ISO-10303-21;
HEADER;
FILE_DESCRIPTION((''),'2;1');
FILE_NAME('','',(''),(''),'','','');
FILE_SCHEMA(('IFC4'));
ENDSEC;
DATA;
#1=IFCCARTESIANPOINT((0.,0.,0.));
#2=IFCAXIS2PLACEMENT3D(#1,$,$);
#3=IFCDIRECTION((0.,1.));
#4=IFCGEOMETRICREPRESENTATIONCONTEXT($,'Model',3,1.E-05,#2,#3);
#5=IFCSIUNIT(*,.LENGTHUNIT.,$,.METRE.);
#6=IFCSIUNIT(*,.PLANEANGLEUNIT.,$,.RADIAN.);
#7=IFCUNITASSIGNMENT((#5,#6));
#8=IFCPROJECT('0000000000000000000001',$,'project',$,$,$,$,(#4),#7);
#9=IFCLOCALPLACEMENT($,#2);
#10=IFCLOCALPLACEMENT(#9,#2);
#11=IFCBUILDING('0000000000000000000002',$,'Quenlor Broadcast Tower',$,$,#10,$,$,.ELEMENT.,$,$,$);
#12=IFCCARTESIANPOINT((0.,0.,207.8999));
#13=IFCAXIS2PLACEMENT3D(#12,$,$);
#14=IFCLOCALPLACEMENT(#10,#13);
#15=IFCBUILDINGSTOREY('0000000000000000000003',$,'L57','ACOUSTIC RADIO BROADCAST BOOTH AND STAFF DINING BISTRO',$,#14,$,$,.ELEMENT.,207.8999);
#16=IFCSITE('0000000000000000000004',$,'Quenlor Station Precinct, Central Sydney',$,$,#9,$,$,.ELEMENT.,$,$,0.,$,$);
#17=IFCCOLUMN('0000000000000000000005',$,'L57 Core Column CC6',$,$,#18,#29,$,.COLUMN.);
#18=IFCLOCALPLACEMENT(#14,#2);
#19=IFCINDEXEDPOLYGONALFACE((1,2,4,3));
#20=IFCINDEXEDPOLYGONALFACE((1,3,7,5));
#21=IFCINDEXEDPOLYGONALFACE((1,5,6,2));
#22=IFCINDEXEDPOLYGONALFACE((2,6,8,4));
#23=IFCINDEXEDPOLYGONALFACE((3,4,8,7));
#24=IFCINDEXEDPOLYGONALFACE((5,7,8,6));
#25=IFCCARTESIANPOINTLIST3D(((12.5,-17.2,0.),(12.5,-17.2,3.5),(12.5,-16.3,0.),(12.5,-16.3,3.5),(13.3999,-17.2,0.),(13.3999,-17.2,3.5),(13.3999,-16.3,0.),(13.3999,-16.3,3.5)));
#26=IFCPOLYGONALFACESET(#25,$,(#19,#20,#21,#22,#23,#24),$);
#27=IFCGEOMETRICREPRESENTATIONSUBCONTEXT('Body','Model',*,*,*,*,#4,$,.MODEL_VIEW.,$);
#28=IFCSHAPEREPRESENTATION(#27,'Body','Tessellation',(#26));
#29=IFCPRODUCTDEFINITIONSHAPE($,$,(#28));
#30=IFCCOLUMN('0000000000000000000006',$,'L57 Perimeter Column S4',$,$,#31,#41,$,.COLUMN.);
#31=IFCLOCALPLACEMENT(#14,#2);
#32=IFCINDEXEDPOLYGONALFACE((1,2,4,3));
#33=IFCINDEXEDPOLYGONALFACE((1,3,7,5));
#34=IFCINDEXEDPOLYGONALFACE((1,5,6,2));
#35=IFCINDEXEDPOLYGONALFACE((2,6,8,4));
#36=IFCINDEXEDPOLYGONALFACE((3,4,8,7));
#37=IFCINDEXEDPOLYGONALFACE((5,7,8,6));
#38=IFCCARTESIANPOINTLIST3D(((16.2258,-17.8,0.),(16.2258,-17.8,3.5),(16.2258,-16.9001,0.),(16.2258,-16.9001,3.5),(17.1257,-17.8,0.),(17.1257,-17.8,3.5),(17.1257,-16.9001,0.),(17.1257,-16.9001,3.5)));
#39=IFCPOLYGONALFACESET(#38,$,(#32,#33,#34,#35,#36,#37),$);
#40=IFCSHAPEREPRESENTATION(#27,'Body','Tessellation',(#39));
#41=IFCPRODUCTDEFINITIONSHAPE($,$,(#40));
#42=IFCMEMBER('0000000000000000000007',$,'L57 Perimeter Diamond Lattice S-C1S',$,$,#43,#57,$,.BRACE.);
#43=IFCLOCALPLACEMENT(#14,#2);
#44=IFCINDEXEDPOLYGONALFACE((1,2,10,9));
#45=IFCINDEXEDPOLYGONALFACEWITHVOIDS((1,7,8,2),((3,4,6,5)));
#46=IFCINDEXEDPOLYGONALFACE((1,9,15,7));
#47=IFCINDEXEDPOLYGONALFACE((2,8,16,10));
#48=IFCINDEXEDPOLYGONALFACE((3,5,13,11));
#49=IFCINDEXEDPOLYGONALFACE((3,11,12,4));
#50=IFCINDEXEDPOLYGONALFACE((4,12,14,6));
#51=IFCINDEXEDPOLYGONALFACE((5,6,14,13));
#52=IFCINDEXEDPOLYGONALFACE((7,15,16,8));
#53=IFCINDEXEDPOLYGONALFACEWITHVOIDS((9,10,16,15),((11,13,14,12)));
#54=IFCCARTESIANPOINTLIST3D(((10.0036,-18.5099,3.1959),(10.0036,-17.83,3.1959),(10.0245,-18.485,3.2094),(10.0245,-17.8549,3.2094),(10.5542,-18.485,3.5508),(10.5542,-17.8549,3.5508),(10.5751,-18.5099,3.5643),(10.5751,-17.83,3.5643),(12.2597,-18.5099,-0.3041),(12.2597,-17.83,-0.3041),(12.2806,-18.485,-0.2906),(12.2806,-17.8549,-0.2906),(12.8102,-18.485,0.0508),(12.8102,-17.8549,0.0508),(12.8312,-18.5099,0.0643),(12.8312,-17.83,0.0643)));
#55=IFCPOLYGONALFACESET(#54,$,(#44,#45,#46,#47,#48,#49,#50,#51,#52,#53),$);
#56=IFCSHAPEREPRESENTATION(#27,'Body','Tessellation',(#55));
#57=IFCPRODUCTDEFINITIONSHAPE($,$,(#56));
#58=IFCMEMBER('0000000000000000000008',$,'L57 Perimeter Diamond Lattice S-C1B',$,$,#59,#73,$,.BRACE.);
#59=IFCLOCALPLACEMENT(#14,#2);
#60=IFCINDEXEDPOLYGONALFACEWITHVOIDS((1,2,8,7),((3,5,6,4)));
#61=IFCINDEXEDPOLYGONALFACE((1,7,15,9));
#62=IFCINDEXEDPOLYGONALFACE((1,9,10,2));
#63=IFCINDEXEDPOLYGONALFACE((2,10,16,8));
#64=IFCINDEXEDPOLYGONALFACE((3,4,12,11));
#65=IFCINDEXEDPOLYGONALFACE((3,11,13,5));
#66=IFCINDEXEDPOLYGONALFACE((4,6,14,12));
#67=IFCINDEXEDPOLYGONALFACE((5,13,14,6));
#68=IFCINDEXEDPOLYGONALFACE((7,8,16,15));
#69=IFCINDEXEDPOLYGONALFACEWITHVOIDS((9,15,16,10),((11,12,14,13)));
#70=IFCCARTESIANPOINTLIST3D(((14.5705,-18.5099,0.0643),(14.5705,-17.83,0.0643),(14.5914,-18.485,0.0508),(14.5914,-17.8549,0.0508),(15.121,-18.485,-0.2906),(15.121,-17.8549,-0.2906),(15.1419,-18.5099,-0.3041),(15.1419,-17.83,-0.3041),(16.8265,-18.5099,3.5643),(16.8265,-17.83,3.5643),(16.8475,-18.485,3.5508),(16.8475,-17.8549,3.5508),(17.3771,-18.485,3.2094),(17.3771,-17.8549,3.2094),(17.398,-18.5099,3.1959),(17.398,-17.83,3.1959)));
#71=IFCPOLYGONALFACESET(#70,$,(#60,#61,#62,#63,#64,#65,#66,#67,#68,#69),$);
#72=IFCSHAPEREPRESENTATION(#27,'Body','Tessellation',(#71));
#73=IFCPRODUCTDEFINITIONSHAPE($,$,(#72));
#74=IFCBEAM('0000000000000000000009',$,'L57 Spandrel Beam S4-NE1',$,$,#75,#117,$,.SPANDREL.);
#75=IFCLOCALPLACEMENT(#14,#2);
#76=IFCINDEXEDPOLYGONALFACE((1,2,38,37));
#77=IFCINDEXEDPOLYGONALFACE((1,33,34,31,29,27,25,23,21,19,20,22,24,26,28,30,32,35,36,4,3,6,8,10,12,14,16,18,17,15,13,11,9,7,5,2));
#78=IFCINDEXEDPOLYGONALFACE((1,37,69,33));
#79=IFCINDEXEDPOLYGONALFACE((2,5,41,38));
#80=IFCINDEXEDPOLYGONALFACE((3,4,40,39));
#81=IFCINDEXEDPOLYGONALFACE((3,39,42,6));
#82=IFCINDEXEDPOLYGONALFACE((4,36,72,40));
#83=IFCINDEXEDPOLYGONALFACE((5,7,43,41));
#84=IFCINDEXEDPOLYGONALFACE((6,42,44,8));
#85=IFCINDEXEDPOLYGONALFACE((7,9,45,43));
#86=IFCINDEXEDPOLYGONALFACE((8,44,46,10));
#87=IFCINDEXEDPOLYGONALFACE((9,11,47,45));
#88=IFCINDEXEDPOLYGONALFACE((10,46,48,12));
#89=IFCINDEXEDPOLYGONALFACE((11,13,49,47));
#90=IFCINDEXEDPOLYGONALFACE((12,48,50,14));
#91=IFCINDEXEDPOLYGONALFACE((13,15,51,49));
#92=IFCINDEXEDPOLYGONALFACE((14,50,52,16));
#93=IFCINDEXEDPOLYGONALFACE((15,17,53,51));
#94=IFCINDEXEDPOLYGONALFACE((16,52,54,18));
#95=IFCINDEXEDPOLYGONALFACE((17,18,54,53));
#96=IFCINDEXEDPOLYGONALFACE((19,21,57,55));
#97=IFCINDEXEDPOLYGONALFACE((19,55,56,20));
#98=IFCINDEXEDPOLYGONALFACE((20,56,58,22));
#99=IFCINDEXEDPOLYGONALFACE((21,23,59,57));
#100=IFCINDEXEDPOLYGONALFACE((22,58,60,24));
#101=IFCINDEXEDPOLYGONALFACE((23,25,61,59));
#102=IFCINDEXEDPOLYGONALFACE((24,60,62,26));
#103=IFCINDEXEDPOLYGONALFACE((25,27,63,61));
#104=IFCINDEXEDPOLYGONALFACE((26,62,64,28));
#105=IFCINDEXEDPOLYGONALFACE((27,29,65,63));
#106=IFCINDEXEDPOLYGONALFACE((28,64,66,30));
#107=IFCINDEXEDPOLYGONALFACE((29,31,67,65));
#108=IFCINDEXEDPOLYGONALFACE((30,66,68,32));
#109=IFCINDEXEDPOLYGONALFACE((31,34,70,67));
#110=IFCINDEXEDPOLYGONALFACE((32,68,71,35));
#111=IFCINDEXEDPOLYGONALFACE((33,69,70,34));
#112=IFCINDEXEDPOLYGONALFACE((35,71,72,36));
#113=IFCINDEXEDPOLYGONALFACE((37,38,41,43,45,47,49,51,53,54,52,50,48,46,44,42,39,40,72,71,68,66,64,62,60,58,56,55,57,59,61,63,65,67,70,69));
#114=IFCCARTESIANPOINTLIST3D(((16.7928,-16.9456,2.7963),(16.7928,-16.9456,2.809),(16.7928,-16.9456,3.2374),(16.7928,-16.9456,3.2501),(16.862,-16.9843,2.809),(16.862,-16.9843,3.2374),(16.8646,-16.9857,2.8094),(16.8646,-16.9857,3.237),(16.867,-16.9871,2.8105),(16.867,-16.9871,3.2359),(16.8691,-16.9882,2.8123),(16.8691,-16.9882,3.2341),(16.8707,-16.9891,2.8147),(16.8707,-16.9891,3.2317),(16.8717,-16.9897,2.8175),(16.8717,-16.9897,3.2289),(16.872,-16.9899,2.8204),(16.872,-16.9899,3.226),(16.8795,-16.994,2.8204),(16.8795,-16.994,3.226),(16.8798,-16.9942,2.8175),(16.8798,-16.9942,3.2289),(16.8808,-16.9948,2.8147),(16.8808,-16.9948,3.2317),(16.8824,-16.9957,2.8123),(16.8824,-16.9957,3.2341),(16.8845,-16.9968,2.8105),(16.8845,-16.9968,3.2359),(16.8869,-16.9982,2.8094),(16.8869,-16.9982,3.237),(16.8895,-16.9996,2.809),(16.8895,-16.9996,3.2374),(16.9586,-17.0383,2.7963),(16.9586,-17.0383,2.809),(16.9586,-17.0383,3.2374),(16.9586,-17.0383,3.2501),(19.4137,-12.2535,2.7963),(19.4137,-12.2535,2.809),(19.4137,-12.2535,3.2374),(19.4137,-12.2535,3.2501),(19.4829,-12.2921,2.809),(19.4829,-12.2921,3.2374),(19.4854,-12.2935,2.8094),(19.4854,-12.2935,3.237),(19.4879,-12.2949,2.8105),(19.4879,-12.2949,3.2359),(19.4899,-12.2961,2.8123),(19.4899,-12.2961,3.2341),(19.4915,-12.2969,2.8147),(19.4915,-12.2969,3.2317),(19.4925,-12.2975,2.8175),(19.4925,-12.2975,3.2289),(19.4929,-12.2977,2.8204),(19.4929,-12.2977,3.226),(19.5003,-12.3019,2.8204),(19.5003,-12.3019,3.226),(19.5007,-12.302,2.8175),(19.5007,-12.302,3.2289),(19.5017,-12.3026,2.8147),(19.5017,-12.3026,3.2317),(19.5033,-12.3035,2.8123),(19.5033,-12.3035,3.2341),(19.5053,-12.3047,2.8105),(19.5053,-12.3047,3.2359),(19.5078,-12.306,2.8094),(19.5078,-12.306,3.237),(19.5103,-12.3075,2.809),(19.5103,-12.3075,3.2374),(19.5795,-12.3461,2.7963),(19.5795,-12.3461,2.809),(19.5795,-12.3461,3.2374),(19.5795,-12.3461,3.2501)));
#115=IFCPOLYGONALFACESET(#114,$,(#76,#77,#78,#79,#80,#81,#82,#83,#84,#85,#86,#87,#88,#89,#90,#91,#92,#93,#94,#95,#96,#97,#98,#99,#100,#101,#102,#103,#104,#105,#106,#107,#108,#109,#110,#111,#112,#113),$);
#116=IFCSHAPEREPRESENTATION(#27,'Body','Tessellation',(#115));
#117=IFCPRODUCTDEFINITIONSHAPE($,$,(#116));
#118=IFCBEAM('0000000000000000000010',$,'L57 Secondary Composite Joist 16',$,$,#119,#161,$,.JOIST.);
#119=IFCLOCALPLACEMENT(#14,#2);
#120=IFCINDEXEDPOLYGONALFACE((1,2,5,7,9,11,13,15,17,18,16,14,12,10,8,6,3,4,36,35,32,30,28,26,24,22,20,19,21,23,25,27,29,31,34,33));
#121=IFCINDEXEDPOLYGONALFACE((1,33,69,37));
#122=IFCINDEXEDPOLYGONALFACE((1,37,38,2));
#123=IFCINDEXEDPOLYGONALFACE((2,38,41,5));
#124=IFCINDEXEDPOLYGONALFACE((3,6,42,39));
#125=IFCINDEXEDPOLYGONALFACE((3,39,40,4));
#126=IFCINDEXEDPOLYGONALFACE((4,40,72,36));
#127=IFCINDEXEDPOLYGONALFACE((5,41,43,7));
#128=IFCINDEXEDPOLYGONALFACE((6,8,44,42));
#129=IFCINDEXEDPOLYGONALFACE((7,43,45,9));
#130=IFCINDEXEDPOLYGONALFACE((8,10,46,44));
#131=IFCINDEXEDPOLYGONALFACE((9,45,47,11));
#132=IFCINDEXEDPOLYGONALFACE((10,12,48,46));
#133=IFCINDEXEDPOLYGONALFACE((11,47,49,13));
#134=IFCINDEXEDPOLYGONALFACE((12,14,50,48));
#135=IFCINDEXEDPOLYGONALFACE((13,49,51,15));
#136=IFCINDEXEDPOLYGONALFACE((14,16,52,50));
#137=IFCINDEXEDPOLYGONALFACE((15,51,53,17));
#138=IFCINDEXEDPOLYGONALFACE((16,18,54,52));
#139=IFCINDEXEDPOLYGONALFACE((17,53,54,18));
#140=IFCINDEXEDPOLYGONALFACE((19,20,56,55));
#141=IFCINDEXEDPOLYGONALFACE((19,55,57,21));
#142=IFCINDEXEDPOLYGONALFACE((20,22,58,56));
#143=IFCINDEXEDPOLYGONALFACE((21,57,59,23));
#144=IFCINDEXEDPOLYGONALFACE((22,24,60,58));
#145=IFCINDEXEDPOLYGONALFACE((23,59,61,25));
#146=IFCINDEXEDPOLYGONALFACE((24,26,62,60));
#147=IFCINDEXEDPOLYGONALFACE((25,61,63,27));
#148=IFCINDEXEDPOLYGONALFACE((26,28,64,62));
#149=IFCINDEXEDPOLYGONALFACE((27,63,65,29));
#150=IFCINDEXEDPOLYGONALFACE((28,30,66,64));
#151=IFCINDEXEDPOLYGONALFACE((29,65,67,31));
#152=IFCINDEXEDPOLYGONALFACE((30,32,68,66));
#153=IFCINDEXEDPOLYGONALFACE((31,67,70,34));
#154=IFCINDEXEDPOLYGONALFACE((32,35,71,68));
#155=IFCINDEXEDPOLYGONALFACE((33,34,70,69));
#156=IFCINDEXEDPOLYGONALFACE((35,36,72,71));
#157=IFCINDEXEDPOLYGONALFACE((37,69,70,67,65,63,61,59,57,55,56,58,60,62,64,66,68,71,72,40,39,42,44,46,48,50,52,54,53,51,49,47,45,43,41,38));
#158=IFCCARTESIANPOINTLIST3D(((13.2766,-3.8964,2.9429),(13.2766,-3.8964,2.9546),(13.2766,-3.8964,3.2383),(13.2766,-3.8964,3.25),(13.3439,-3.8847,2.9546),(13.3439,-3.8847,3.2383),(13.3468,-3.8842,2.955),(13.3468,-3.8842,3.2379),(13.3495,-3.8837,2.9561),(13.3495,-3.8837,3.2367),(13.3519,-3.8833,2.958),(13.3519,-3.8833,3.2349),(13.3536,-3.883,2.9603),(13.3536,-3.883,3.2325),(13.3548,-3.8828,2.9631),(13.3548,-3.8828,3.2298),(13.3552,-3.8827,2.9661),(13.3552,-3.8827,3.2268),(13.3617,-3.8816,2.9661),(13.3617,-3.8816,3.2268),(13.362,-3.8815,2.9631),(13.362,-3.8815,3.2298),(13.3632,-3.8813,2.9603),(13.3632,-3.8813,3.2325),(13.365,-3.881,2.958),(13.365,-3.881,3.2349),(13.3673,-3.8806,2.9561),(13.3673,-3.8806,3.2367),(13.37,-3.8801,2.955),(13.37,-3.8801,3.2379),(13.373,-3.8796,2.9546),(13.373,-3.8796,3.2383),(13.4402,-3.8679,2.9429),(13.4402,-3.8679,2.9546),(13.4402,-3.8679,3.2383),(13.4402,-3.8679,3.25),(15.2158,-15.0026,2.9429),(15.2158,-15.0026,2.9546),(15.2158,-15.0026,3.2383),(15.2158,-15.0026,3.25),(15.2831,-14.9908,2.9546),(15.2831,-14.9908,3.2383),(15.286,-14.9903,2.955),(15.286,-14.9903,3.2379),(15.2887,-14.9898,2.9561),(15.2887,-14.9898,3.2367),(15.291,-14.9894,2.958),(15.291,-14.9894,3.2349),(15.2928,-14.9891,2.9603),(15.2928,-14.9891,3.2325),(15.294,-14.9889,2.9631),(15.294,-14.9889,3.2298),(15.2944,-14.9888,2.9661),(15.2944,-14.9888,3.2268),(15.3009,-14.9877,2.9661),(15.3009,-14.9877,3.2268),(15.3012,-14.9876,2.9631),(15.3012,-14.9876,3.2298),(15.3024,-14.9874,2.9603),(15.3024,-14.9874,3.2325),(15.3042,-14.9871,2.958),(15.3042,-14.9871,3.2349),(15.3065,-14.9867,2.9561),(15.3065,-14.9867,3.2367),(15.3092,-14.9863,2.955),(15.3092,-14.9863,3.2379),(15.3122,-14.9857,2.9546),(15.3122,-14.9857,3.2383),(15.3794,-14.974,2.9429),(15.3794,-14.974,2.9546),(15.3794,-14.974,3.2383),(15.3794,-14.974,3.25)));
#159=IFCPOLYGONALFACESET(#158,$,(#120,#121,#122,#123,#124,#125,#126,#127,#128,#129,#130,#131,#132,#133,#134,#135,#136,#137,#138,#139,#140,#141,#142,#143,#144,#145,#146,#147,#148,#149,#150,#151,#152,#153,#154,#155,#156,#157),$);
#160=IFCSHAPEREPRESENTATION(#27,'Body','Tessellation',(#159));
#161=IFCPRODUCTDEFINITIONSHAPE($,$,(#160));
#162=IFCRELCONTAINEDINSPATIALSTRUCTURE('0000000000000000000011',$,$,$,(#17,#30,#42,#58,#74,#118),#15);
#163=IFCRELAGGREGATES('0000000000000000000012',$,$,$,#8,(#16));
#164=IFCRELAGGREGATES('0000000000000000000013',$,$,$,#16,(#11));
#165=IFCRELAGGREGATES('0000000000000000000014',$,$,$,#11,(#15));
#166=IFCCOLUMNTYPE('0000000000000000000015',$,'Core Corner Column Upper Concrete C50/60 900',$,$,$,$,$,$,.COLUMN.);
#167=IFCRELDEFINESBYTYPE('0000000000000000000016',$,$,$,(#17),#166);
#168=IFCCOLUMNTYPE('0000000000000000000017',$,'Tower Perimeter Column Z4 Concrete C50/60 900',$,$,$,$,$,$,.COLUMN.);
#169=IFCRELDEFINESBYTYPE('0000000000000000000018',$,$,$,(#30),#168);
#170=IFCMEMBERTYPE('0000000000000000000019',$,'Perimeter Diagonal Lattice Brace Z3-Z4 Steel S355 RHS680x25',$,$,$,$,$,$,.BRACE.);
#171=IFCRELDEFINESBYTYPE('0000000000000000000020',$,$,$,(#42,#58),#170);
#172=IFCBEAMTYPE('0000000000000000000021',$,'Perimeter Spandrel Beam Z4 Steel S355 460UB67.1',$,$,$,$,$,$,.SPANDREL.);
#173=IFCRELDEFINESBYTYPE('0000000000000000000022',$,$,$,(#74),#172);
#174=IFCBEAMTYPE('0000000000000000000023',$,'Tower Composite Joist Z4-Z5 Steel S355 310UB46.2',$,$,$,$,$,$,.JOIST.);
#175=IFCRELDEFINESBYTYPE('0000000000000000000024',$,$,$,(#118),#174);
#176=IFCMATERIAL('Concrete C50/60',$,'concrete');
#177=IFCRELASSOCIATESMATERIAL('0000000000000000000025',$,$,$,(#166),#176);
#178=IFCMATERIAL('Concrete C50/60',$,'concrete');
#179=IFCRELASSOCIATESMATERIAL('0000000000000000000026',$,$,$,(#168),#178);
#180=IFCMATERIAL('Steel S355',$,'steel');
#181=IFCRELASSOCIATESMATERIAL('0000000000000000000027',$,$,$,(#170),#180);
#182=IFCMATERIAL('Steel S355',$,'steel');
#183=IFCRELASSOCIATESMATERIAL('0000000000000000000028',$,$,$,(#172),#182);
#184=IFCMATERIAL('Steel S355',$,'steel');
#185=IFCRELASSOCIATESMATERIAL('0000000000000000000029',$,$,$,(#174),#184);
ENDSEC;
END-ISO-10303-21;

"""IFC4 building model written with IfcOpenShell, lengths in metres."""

from ifc_helpers import new_model, si_unit, direction, frame, origin, origin_2d, place, context, subcontext, project, spatial, rectangle, hollow_rectangle, i_section, extrude, material, material_profile, profile_set, type_object, element, save


model = new_model("IFC4")

# Units and contexts
model_context = context("Model", 3, precision=1e-05, world=origin(), true_north=direction((0.0, 1.0)))
body_context = subcontext(model_context, "Body", "Model", "MODEL_VIEW")
ifc_project = project(units=[si_unit("LENGTHUNIT", "METRE"), si_unit("PLANEANGLEUNIT", "RADIAN")], contexts=[model_context])

# Site, building, storey
site_placement = place(None, origin())
site = spatial("IfcSite", under=ifc_project, at=site_placement, Name="Quenlor Station Precinct, Central Sydney", CompositionType="ELEMENT", RefElevation=0.0)
building_placement = place(site_placement, origin())
building = spatial("IfcBuilding", under=site, at=building_placement, Name="Quenlor Broadcast Tower", CompositionType="ELEMENT")
storey_placement = place(building_placement, frame((0.0, 0.0, 207.8999)))
storey = spatial("IfcBuildingStorey", under=building, at=storey_placement, Name="L57", Description="ACOUSTIC RADIO BROADCAST BOOTH AND STAFF DINING BISTRO", CompositionType="ELEMENT", Elevation=207.8999)

# Columns
ifc_material_1 = material(Name="Concrete C50/60", Category="concrete")
ifc_material_profile_1 = material_profile(ifc_material_1, rectangle(XDim=0.8999, YDim=0.8999, at=origin_2d()))
ifc_profile_set_1 = profile_set([ifc_material_profile_1], Name="Concrete C50/60 RC900x900")
column_type_1 = type_object("IfcColumnType", Name="Core Corner Column Upper Concrete C50/60 900", PredefinedType="COLUMN", material=ifc_profile_set_1)
column_1_placement = place(storey_placement, frame((12.95, -16.75, 0.0), z_axis=(0.0, 0.0, 1.0), x_axis=(1.0, 0.0, 0.0)))
element("IfcColumn", 1, at=column_1_placement, inside=storey, type_object=column_type_1, Name="L57 Core Column CC6", PredefinedType="COLUMN", context=body_context, shape_type="SweptSolid", body=[
    extrude(rectangle(XDim=0.8999, YDim=0.8999, at=origin_2d()), origin(), (0.0, 0.0, 1.0), 3.5),
])
ifc_material_2 = material(Name="Concrete C50/60", Category="concrete")
ifc_material_profile_2 = material_profile(ifc_material_2, rectangle(XDim=0.8999, YDim=0.8999, at=origin_2d()))
ifc_profile_set_2 = profile_set([ifc_material_profile_2], Name="Concrete C50/60 RC900x900")
column_type_2 = type_object("IfcColumnType", Name="Tower Perimeter Column Z4 Concrete C50/60 900", PredefinedType="COLUMN", material=ifc_profile_set_2)
column_2_placement = place(storey_placement, frame((16.6758, -17.3501, 0.0), z_axis=(0.0, 0.0, 1.0), x_axis=(0.0, 1.0, 0.0)))
element("IfcColumn", 2, at=column_2_placement, inside=storey, type_object=column_type_2, Name="L57 Perimeter Column S4", PredefinedType="COLUMN", context=body_context, shape_type="SweptSolid", body=[
    extrude(rectangle(XDim=0.8999, YDim=0.8999, at=origin_2d()), origin(), (0.0, 0.0, 1.0), 3.5),
])

# Members
ifc_material_3 = material(Name="Steel S355", Category="steel")
ifc_material_profile_3 = material_profile(ifc_material_3, hollow_rectangle(XDim=0.6799, YDim=0.6799, WallThickness=0.0249, at=origin_2d()))
ifc_profile_set_3 = profile_set([ifc_material_profile_3], Name="Steel S355 RHS680x680x25")
member_type = type_object("IfcMemberType", Name="Perimeter Diagonal Lattice Brace Z3-Z4 Steel S355 RHS680x25", PredefinedType="BRACE", material=ifc_profile_set_3)
for number, where, z_axis, x_axis, name in (
    (3, (12.5454, -18.1699, -0.1199), (-0.541794, 0.0, 0.840511), (0.0, -1.0, 0.0), "L57 Perimeter Diamond Lattice S-C1S"),
    (4, (14.8562, -18.1699, -0.1199), (0.541794, 0.0, 0.840511), (0.0, 1.0, 0.0), "L57 Perimeter Diamond Lattice S-C1B"),
):
    element("IfcMember", number, at=place(storey_placement, frame(where, z_axis=z_axis, x_axis=x_axis)), inside=storey, type_object=member_type, Name=name, PredefinedType="BRACE", context=body_context, shape_type="SweptSolid", body=[
        extrude(hollow_rectangle(XDim=0.6799, YDim=0.6799, WallThickness=0.0249, at=origin_2d()), origin(), (0.0, 0.0, 1.0), 4.1641),
    ])

# Beams
ifc_material_4 = material(Name="Steel S355", Category="steel")
ifc_material_profile_4 = material_profile(ifc_material_4, i_section(OverallWidth=0.1899, OverallDepth=0.4539, WebThickness=0.0085, FlangeThickness=0.0127, FilletRadius=0.0115, at=origin_2d()))
ifc_profile_set_4 = profile_set([ifc_material_profile_4], Name="Steel S355 460UB67.1")
beam_type_1 = type_object("IfcBeamType", Name="Perimeter Spandrel Beam Z4 Steel S355 460UB67.1", PredefinedType="SPANDREL", material=ifc_profile_set_4)
beam_1_placement = place(storey_placement, frame((16.8757, -16.9919, 3.0232), z_axis=(0.487647, 0.873041, 0.0), x_axis=(-0.873041, 0.487647, 0.0)))
element("IfcBeam", 5, at=beam_1_placement, inside=storey, type_object=beam_type_1, Name="L57 Spandrel Beam S4-NE1", PredefinedType="SPANDREL", context=body_context, shape_type="SweptSolid", body=[
    extrude(i_section(OverallWidth=0.1899, OverallDepth=0.4539, WebThickness=0.0085, FlangeThickness=0.0127, FilletRadius=0.0115, at=origin_2d()), origin(), (0.0, 0.0, 1.0), 5.3745),
])
ifc_material_5 = material(Name="Steel S355", Category="steel")
ifc_material_profile_5 = material_profile(ifc_material_5, i_section(OverallWidth=0.166, OverallDepth=0.3071, WebThickness=0.0066, FlangeThickness=0.0117, FilletRadius=0.0115, at=origin_2d()))
ifc_profile_set_5 = profile_set([ifc_material_profile_5], Name="Steel S355 310UB46.2")
beam_type_2 = type_object("IfcBeamType", Name="Tower Composite Joist Z4-Z5 Steel S355 310UB46.2", PredefinedType="JOIST", material=ifc_profile_set_5)
beam_2_placement = place(storey_placement, frame((15.2976, -14.9883, 3.0964), z_axis=(-0.172004, 0.985096, 0.0), x_axis=(-0.985096, -0.172004, 0.0)))
element("IfcBeam", 6, at=beam_2_placement, inside=storey, type_object=beam_type_2, Name="L57 Secondary Composite Joist 16", PredefinedType="JOIST", context=body_context, shape_type="SweptSolid", body=[
    extrude(i_section(OverallWidth=0.166, OverallDepth=0.3071, WebThickness=0.0066, FlangeThickness=0.0117, FilletRadius=0.0115, at=origin_2d()), origin(), (0.0, 0.0, 1.0), 11.2742),
])

save(model, "model.ifc")
